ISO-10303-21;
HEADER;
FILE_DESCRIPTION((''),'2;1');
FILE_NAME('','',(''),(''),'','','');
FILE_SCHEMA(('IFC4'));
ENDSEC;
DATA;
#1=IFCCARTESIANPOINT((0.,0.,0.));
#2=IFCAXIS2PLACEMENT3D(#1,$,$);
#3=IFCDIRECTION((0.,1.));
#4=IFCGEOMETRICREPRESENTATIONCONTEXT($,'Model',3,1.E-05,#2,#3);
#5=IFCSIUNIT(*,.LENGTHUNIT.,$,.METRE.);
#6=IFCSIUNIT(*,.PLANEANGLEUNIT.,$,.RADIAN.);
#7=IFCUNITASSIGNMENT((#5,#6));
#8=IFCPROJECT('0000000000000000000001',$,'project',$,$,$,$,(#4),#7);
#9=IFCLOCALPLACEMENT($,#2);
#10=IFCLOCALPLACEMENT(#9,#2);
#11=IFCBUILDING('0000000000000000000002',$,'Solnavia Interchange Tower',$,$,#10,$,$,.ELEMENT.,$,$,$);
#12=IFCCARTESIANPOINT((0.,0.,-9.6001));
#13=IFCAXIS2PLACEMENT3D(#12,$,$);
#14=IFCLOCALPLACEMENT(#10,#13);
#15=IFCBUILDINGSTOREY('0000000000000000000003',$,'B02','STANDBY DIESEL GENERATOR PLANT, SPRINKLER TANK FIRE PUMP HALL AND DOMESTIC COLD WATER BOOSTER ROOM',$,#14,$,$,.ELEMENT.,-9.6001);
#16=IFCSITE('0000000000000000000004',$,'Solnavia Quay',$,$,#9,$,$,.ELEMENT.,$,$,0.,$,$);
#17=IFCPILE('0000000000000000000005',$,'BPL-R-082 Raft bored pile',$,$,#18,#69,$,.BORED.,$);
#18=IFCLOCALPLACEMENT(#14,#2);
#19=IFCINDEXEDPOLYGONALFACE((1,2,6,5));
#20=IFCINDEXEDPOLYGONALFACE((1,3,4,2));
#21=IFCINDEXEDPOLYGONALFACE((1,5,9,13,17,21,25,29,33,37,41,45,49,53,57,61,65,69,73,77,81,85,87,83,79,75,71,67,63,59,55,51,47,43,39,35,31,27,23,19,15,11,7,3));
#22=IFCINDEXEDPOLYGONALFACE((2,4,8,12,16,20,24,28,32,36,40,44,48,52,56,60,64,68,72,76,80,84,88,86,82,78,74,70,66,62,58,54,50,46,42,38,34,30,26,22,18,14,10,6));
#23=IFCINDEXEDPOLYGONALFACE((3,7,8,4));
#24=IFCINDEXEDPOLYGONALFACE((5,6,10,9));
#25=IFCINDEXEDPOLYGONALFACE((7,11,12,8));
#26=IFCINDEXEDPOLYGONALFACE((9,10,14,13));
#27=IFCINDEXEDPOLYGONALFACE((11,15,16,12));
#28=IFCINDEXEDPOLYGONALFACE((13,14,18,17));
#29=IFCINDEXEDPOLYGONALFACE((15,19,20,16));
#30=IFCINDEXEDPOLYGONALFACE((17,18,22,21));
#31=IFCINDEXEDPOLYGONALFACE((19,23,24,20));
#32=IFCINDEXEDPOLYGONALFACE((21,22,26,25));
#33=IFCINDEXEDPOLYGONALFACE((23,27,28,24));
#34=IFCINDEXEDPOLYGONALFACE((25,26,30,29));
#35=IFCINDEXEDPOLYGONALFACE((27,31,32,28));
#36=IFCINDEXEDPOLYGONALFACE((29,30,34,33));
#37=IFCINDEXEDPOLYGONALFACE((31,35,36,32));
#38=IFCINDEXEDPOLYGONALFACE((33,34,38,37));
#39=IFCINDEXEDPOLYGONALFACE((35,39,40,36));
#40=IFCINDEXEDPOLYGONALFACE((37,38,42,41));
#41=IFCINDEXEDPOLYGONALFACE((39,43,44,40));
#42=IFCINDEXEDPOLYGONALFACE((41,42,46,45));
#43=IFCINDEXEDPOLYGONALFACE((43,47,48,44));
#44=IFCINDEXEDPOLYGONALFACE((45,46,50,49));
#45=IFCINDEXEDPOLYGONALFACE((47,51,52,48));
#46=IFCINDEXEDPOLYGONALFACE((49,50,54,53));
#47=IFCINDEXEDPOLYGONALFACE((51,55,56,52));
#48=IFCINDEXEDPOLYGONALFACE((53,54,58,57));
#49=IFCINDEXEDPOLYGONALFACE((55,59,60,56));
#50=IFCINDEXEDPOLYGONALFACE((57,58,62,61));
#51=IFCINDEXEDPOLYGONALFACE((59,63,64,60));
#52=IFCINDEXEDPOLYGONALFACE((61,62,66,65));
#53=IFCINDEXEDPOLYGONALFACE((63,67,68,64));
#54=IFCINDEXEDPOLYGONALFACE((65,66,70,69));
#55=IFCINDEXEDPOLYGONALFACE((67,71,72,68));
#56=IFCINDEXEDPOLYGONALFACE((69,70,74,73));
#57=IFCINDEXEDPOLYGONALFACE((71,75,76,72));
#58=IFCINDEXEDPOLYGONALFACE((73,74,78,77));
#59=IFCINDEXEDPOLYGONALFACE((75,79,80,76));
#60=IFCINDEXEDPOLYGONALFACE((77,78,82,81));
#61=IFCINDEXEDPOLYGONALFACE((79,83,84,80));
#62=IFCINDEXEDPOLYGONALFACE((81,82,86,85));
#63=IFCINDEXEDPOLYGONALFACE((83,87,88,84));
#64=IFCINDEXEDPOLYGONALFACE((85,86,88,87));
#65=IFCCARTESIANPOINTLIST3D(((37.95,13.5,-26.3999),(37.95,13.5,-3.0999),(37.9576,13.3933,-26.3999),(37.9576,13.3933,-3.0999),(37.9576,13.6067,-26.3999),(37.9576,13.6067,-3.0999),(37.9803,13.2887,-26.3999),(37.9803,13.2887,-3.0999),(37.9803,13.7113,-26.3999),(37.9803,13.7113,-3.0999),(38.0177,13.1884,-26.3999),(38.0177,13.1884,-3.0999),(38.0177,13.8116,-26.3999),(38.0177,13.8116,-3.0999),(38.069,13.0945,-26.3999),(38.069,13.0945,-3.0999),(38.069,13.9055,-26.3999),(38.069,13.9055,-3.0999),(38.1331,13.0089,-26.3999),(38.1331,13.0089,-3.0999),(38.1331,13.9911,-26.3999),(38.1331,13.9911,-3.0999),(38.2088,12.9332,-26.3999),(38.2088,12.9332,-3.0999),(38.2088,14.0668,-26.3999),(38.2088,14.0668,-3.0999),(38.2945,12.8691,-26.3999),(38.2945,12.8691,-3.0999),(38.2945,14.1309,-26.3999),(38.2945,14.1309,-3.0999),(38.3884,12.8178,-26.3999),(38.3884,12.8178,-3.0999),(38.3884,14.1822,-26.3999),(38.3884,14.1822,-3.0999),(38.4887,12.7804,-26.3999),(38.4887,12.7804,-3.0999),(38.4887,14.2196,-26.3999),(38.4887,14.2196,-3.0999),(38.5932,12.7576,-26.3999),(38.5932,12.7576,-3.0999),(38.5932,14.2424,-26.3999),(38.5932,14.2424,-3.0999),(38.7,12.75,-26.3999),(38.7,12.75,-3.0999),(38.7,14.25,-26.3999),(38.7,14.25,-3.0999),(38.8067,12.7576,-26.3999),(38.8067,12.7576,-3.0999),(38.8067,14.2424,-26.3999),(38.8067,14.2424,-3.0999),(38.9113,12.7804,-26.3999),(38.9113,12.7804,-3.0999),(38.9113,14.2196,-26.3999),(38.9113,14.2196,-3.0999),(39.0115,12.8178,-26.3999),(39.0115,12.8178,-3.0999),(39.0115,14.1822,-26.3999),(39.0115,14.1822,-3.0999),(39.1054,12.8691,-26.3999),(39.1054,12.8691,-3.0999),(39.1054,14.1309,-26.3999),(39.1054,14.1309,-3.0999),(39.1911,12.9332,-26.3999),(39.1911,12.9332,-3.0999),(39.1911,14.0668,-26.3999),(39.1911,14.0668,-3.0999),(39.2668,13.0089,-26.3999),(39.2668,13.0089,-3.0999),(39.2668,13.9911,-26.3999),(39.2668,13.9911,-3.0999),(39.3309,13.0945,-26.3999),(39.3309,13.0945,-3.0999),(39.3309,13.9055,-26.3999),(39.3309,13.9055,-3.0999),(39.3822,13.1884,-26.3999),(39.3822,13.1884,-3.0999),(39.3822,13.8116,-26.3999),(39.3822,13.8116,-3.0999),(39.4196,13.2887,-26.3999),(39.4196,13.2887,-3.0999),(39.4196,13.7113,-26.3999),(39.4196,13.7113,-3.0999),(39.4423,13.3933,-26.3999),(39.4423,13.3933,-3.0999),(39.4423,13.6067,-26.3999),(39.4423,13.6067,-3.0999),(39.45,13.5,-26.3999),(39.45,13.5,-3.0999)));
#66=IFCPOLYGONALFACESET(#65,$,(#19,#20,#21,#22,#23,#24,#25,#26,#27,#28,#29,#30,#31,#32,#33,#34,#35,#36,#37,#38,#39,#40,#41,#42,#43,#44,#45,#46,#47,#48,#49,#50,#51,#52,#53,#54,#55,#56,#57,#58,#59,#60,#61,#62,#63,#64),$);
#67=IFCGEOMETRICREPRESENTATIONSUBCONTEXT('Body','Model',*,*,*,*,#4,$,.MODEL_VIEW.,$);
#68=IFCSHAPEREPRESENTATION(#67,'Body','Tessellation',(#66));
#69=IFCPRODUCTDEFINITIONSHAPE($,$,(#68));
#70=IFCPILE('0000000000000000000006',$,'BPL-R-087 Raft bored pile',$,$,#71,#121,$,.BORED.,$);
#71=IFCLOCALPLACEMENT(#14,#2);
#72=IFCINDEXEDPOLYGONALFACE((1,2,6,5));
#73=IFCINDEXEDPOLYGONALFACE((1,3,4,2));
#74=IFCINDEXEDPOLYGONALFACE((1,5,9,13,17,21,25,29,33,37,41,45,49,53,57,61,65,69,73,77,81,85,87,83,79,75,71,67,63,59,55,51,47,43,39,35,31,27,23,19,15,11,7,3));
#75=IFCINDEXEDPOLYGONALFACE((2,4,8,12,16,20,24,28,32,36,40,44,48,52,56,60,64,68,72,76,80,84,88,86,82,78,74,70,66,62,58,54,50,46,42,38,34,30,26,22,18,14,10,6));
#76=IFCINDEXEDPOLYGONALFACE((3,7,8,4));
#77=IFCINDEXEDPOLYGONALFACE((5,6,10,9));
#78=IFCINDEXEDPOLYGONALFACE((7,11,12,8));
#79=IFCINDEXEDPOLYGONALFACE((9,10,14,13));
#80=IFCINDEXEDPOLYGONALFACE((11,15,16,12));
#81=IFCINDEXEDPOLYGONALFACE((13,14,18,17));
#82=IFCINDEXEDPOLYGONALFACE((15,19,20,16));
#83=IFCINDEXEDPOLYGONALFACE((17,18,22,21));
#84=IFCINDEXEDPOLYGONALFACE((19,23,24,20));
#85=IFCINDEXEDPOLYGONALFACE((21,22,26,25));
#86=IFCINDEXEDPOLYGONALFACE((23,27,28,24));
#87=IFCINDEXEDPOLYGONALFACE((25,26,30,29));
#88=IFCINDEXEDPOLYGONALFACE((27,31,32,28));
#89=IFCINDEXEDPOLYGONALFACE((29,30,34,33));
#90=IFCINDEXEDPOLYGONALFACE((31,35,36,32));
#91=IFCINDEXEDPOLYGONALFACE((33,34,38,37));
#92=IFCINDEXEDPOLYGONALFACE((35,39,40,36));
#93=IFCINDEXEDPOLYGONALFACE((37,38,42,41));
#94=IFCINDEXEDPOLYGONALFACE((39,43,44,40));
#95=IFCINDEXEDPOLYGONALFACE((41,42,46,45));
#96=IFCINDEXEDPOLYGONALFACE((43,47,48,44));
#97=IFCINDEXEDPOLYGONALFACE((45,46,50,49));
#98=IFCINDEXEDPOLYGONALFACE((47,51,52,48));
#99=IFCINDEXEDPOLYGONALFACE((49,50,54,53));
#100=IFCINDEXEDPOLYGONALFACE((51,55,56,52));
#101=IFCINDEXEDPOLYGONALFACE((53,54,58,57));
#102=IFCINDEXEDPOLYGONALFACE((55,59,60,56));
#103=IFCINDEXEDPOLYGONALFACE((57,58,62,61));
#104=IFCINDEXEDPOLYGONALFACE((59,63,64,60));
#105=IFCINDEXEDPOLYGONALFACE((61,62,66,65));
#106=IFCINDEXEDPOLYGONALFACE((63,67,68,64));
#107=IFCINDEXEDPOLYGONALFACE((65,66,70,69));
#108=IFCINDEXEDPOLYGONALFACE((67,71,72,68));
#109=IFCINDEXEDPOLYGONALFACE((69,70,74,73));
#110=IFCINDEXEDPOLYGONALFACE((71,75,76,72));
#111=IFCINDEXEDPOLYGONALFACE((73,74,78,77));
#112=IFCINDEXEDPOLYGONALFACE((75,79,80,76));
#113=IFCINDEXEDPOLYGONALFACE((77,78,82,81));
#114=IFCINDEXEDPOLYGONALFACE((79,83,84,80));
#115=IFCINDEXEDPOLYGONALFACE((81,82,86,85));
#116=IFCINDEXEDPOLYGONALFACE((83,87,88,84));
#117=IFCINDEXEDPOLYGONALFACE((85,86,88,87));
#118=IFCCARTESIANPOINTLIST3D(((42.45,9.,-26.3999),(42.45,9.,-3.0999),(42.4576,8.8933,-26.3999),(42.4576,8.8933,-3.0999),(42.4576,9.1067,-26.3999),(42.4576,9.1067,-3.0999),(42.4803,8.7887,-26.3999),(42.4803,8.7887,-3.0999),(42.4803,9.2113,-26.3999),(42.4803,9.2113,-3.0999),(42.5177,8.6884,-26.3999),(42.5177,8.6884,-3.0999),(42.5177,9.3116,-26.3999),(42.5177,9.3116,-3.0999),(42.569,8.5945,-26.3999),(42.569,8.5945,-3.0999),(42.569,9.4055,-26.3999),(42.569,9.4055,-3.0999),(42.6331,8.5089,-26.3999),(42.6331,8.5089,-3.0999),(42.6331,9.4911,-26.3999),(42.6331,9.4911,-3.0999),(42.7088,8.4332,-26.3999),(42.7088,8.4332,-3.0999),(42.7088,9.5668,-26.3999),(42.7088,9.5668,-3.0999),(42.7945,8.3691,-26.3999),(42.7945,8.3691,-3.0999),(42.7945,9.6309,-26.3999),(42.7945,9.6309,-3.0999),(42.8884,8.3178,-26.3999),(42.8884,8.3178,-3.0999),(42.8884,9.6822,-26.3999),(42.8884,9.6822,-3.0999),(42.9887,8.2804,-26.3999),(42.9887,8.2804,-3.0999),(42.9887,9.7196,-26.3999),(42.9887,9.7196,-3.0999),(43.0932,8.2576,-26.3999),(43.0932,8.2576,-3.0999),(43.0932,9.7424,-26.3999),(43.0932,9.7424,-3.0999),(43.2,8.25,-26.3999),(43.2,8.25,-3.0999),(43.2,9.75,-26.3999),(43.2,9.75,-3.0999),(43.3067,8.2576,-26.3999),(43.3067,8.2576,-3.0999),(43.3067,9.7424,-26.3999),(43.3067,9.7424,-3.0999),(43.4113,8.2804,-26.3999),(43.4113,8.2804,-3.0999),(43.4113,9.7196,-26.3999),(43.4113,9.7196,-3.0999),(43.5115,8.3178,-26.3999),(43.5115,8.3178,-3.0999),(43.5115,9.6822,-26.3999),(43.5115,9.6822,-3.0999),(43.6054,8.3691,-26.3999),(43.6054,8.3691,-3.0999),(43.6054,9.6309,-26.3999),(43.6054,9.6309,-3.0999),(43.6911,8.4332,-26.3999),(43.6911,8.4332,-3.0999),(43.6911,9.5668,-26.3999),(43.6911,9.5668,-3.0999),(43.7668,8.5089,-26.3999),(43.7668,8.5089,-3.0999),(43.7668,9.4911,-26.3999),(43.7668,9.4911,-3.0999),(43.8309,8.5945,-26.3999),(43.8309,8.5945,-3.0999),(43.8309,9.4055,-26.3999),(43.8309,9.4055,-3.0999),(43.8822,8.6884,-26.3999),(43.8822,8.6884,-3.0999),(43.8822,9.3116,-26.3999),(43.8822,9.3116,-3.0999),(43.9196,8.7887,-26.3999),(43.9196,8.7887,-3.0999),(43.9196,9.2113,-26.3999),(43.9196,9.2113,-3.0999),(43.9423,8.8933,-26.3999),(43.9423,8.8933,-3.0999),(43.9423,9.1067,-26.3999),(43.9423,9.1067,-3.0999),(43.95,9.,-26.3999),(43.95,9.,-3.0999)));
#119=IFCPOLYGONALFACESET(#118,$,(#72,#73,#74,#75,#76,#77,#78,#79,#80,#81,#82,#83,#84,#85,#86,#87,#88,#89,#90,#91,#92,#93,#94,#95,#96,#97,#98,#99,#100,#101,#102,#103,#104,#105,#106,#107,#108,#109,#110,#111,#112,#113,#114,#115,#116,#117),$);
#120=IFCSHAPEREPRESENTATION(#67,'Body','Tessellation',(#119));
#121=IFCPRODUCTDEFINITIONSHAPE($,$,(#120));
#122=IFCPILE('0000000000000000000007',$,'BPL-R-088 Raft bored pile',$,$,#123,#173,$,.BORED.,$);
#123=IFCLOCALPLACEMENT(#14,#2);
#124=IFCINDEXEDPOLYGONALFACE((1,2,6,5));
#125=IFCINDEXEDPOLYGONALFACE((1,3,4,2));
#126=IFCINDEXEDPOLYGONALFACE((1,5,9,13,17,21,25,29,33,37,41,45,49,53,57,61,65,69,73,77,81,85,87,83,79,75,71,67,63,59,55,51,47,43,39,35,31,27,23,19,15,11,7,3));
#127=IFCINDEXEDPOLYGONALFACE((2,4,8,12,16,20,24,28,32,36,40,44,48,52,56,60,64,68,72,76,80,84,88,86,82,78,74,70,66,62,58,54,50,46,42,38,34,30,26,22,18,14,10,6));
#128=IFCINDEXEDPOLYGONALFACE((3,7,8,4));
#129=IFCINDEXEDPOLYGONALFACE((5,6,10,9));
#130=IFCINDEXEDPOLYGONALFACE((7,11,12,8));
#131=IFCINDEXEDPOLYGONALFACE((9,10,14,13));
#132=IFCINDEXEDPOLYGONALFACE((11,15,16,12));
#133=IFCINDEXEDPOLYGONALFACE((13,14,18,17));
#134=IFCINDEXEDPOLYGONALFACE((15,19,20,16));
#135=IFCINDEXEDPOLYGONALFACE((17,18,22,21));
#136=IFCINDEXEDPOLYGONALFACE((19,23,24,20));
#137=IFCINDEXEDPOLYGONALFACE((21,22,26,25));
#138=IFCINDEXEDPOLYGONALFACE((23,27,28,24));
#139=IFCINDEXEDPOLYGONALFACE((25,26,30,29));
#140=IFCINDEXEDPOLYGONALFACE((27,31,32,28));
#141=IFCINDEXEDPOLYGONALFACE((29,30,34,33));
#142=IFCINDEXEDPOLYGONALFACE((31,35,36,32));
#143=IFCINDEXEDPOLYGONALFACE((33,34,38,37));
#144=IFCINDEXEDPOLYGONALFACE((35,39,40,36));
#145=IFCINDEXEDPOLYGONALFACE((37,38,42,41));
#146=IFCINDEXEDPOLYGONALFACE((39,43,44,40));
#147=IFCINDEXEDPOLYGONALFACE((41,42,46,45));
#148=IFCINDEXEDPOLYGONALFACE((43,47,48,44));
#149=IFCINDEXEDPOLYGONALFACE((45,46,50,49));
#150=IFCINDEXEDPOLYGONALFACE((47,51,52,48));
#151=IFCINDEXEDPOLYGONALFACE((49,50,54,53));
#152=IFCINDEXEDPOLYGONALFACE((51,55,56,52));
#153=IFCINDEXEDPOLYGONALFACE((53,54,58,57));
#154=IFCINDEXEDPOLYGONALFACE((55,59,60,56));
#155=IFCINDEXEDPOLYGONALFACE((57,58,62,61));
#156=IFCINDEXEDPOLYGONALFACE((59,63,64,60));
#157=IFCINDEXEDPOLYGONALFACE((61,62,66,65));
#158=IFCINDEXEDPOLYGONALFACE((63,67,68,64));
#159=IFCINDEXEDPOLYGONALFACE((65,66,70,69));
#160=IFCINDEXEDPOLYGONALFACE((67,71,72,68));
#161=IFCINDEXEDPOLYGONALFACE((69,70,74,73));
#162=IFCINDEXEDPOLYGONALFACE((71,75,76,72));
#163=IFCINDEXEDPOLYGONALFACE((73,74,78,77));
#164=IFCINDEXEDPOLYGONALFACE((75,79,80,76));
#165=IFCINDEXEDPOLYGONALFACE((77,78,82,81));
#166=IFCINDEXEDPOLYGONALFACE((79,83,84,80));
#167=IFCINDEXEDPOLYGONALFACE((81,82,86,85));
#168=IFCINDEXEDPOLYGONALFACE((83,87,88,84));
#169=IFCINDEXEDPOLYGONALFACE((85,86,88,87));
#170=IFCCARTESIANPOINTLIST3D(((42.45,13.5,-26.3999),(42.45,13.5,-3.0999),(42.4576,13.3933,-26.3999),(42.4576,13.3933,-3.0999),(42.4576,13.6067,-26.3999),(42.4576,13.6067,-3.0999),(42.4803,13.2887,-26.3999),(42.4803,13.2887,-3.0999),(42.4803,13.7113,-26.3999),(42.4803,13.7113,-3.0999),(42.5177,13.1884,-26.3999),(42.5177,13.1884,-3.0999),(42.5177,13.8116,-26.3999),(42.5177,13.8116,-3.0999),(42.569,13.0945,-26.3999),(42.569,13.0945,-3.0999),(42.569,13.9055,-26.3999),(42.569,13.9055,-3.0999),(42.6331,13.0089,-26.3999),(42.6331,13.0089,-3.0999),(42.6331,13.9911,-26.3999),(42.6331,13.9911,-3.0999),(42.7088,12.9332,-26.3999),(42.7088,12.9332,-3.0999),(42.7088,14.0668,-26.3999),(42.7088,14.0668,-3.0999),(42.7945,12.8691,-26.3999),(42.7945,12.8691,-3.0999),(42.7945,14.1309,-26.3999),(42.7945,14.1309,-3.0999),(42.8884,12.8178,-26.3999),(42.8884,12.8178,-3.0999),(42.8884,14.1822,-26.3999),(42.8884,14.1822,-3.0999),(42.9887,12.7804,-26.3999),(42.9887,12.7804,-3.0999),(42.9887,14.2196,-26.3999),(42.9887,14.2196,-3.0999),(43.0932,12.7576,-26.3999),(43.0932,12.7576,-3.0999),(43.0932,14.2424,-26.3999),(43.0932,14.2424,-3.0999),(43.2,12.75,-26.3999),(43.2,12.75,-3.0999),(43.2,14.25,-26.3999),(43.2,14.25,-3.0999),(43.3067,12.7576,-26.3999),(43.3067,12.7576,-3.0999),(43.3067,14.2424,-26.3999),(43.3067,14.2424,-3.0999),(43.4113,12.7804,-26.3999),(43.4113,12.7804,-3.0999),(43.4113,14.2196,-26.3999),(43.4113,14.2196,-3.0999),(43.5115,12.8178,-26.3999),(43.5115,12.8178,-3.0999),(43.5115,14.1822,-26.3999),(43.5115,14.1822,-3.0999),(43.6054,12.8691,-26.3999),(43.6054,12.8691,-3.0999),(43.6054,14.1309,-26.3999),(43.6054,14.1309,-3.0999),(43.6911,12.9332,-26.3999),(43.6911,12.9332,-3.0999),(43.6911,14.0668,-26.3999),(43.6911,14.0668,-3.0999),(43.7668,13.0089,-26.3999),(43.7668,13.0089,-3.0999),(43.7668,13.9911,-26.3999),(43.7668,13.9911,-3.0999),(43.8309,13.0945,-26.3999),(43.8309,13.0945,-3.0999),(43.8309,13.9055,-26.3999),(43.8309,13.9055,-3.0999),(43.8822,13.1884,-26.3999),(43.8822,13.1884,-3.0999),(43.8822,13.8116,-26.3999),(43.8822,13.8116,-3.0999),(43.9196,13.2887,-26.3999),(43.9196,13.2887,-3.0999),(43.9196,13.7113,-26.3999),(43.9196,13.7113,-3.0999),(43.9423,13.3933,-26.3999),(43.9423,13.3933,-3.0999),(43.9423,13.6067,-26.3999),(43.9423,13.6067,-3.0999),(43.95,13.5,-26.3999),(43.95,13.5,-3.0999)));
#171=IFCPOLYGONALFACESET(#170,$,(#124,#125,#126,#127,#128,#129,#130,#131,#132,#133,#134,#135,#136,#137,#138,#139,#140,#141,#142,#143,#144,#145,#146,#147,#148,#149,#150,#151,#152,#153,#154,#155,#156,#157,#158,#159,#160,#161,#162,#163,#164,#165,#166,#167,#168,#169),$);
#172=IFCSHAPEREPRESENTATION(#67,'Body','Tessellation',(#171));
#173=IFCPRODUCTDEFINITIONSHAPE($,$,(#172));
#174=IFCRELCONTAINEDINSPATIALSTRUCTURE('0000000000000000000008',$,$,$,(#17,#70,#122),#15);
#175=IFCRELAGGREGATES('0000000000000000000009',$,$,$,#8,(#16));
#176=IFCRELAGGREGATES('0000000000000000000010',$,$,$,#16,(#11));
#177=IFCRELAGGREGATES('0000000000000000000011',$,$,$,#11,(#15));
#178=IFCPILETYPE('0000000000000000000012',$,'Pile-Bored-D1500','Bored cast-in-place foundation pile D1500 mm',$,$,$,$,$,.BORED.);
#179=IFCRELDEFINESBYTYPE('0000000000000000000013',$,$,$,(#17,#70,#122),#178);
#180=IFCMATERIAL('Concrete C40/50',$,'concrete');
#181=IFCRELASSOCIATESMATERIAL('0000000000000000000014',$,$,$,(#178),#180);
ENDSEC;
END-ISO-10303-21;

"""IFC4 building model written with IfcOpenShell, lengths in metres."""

from ifc_helpers import new_model, si_unit, direction, frame, origin, origin_2d, place, context, subcontext, project, spatial, circle, extrude, material, material_profile, profile_set, type_object, element, save


model = new_model("IFC4")

# Units and contexts
model_context = context("Model", 3, precision=1e-05, world=origin(), true_north=direction((0.0, 1.0)))
body_context = subcontext(model_context, "Body", "Model", "MODEL_VIEW")
ifc_project = project(units=[si_unit("LENGTHUNIT", "METRE"), si_unit("PLANEANGLEUNIT", "RADIAN")], contexts=[model_context])

# Site, building, storey
site_placement = place(None, origin())
site = spatial("IfcSite", under=ifc_project, at=site_placement, Name="Solnavia Quay", CompositionType="ELEMENT", RefElevation=0.0)
building_placement = place(site_placement, origin())
building = spatial("IfcBuilding", under=site, at=building_placement, Name="Solnavia Interchange Tower", CompositionType="ELEMENT")
storey_placement = place(building_placement, frame((0.0, 0.0, -9.6001)))
storey = spatial("IfcBuildingStorey", under=building, at=storey_placement, Name="B02", Description="STANDBY DIESEL GENERATOR PLANT, SPRINKLER TANK FIRE PUMP HALL AND DOMESTIC COLD WATER BOOSTER ROOM", CompositionType="ELEMENT", Elevation=-9.6001)

# Piles
ifc_material_1 = material(Name="Concrete C40/50", Category="concrete")
ifc_material_profile_1 = material_profile(ifc_material_1, circle(Radius=0.75, at=origin_2d()), Name="PILE D1500")
ifc_profile_set_1 = profile_set([ifc_material_profile_1], Name="Concrete C40/50")
pile_type = type_object("IfcPileType", Name="Pile-Bored-D1500", Description="Bored cast-in-place foundation pile D1500 mm", PredefinedType="BORED", material=ifc_profile_set_1)
for number, where, z_axis, x_axis, name in (
    (1, (38.7, 13.5, -3.0999), (0.0, 0.0, -1.0), (1.0, 0.0, 0.0), "BPL-R-082 Raft bored pile"),
    (2, (43.2, 9.0, -3.0999), (0.0, 0.0, -1.0), (1.0, 0.0, 0.0), "BPL-R-087 Raft bored pile"),
    (3, (43.2, 13.5, -3.0999), (0.0, 0.0, -1.0), (1.0, 0.0, 0.0), "BPL-R-088 Raft bored pile"),
):
    element("IfcPile", number, at=place(storey_placement, frame(where, z_axis=z_axis, x_axis=x_axis)), inside=storey, type_object=pile_type, Name=name, PredefinedType="BORED", context=body_context, shape_type="SweptSolid", body=[
        extrude(circle(Radius=0.75, at=origin_2d()), origin(), (0.0, 0.0, 1.0), 23.3),
    ])

save(model, "model.ifc")
